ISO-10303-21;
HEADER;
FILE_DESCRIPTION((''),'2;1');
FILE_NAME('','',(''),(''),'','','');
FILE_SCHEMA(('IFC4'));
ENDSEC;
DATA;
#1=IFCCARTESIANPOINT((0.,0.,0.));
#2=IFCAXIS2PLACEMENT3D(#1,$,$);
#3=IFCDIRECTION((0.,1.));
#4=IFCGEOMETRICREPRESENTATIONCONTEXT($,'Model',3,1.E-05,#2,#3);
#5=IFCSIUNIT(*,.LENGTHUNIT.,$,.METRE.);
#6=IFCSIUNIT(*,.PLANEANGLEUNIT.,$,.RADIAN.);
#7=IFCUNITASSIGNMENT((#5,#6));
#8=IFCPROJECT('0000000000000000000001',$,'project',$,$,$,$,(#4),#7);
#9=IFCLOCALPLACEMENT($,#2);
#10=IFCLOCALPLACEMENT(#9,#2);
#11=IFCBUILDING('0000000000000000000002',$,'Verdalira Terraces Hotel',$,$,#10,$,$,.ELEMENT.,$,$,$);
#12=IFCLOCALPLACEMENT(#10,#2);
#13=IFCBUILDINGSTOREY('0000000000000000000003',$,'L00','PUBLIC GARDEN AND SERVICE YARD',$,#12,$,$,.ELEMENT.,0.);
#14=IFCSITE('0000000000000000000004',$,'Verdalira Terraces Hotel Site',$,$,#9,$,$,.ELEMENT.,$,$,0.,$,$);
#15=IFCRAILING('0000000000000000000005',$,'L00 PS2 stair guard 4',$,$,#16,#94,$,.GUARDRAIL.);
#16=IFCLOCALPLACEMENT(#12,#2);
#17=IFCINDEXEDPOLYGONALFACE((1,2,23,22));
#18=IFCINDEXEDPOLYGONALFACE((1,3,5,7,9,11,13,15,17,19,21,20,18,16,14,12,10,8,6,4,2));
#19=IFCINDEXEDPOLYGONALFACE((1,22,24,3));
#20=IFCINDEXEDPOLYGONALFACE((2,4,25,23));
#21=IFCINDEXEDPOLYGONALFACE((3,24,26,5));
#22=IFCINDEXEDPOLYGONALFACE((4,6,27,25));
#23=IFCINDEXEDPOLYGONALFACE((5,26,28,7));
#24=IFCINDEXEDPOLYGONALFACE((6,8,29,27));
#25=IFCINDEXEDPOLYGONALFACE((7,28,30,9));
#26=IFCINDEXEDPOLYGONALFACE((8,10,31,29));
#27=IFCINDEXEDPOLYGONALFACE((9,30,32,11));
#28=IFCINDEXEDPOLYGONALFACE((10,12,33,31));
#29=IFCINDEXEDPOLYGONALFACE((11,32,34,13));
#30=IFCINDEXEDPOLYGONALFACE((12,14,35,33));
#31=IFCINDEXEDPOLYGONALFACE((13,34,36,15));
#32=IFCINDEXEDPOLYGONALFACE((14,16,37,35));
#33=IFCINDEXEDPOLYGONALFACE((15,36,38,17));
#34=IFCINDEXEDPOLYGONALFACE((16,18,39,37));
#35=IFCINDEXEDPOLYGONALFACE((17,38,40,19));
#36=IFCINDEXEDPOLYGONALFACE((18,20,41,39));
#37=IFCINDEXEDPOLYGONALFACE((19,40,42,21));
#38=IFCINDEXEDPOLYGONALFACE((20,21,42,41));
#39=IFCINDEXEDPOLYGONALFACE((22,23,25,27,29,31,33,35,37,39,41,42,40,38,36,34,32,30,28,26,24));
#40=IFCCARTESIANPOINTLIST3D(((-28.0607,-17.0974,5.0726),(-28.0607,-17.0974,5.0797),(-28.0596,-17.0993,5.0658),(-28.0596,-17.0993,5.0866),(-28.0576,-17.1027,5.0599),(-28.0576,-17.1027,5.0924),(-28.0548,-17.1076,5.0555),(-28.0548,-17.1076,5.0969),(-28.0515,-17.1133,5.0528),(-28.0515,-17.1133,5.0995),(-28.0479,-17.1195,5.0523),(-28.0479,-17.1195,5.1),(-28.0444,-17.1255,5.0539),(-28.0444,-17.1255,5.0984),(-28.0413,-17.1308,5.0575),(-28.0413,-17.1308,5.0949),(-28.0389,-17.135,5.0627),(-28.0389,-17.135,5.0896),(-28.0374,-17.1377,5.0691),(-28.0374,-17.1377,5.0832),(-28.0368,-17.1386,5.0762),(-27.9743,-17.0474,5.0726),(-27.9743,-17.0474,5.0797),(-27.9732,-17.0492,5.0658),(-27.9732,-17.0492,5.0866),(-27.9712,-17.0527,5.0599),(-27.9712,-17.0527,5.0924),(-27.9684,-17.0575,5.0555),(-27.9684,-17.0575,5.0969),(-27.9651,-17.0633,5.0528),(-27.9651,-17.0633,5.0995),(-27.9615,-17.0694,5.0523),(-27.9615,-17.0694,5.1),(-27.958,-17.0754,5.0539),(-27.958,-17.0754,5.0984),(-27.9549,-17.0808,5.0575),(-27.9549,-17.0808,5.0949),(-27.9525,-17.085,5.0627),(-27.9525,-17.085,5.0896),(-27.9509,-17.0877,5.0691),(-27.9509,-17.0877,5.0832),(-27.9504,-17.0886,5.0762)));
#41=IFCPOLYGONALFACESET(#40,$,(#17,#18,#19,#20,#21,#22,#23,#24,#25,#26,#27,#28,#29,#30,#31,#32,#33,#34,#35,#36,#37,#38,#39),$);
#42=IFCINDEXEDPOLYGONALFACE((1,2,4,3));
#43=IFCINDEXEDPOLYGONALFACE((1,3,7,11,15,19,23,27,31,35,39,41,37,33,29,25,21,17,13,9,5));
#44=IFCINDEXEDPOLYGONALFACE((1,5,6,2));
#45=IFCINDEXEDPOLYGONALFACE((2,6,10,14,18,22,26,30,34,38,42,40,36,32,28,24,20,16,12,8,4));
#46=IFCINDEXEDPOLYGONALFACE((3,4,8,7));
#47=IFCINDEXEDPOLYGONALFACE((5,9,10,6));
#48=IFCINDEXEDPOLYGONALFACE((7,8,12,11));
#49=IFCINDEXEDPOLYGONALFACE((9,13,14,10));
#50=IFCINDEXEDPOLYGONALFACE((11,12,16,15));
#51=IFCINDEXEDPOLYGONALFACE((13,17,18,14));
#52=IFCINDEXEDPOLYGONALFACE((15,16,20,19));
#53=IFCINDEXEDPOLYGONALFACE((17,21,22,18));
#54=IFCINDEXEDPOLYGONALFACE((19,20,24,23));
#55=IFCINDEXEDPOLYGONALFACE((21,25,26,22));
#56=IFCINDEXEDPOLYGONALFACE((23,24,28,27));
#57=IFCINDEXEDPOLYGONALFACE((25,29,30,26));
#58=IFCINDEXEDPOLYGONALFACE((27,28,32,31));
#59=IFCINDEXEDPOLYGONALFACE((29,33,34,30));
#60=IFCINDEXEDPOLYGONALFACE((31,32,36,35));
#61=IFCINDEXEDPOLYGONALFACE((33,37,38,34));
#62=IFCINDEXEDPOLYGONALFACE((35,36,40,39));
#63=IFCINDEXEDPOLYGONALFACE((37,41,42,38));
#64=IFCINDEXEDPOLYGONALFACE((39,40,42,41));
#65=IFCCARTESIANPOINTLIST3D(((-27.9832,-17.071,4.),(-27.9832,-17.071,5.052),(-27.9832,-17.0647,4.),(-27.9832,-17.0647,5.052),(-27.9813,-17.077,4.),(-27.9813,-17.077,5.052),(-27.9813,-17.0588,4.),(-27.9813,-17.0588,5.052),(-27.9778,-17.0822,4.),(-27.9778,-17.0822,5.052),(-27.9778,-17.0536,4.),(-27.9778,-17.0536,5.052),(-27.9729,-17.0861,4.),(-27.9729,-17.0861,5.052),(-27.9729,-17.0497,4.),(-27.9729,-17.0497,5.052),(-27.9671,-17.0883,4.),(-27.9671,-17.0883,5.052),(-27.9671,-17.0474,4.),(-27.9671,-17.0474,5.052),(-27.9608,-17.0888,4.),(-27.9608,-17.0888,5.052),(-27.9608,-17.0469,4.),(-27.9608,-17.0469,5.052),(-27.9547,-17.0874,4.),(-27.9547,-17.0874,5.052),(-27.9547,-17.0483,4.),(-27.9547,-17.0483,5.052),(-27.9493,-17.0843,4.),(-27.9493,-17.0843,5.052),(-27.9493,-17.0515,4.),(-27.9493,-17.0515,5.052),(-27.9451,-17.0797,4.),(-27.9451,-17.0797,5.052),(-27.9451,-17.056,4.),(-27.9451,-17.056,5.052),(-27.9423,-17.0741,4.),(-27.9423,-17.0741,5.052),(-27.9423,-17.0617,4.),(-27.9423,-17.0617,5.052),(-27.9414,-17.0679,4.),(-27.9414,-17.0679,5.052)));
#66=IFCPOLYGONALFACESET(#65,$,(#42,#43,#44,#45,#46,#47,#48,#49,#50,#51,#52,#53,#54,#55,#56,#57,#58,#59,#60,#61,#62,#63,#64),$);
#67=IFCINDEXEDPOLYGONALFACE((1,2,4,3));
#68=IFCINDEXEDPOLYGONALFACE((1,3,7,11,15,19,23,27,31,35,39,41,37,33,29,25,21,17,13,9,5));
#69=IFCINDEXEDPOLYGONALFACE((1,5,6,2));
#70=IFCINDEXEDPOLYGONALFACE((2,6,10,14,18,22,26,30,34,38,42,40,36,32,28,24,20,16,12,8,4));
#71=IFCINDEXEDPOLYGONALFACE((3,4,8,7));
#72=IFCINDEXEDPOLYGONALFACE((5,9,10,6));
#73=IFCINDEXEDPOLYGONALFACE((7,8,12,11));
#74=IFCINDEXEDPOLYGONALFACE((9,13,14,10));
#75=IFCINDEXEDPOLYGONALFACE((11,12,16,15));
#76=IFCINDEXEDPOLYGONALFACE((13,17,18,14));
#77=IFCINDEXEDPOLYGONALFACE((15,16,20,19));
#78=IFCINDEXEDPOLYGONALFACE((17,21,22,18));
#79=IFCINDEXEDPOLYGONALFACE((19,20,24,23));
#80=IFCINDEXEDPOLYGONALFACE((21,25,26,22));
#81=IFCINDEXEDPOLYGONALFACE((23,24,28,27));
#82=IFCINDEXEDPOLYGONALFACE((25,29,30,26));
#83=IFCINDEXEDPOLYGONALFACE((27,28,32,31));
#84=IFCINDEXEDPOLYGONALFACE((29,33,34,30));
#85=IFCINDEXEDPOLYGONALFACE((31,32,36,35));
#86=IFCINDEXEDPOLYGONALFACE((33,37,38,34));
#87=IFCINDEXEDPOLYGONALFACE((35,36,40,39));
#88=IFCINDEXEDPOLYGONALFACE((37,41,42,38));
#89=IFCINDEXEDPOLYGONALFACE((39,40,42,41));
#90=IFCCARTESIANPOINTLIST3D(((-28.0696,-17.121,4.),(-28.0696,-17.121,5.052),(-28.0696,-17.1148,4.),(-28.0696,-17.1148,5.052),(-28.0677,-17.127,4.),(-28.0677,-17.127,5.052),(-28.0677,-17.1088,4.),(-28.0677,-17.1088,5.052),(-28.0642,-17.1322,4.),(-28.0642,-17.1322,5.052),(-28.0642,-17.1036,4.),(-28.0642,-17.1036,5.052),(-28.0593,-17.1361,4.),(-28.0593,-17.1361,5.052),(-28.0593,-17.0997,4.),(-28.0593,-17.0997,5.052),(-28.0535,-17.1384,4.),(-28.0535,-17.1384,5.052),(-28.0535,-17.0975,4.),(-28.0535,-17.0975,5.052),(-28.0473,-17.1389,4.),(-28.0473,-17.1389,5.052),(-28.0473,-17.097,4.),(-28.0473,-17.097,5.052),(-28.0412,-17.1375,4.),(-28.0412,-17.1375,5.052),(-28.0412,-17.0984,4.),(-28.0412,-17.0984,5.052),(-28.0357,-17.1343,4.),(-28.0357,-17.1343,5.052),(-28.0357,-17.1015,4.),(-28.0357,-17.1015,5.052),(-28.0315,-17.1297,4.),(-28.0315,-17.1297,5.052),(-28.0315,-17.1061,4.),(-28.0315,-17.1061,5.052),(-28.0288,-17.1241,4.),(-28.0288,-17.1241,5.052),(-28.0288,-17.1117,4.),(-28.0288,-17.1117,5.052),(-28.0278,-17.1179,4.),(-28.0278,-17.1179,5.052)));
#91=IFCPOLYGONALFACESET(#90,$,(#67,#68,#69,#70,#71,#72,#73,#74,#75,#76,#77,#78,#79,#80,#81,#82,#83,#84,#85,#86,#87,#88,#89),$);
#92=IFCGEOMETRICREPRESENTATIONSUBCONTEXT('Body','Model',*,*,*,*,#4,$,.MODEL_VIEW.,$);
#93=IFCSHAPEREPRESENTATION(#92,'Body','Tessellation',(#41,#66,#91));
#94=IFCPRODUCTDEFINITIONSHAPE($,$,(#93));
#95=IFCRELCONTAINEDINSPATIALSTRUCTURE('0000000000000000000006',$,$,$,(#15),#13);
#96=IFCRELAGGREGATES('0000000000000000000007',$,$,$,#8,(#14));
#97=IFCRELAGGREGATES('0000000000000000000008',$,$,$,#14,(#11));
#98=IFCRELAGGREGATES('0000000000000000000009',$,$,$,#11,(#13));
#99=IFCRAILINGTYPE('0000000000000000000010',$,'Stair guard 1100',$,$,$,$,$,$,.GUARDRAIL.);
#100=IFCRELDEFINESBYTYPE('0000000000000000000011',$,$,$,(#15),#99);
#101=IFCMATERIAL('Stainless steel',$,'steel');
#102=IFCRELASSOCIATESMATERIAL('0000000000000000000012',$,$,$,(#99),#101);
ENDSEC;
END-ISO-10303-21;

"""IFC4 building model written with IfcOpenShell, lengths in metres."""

from ifc_helpers import new_model, si_unit, direction, frame, origin, origin_2d, place, context, subcontext, project, spatial, circle, extrude, material, type_object, element, save


model = new_model("IFC4")

# Units and contexts
model_context = context("Model", 3, precision=1e-05, world=origin(), true_north=direction((0.0, 1.0)))
body_context = subcontext(model_context, "Body", "Model", "MODEL_VIEW")
ifc_project = project(units=[si_unit("LENGTHUNIT", "METRE"), si_unit("PLANEANGLEUNIT", "RADIAN")], contexts=[model_context])

# Site, building, storey
site_placement = place(None, origin())
site = spatial("IfcSite", under=ifc_project, at=site_placement, Name="Verdalira Terraces Hotel Site", CompositionType="ELEMENT", RefElevation=0.0)
building_placement = place(site_placement, origin())
building = spatial("IfcBuilding", under=site, at=building_placement, Name="Verdalira Terraces Hotel", CompositionType="ELEMENT")
storey_placement = place(building_placement, origin())
storey = spatial("IfcBuildingStorey", under=building, at=storey_placement, Name="L00", Description="PUBLIC GARDEN AND SERVICE YARD", CompositionType="ELEMENT", Elevation=0.0)

# Railing
ifc_material_1 = material(Name="Stainless steel", Category="steel")
railing_type = type_object("IfcRailingType", Name="Stair guard 1100", PredefinedType="GUARDRAIL", material=ifc_material_1)
railing_1_placement = place(storey_placement, frame((-27.9624, -17.0679, 4.0)))
element("IfcRailing", 1, at=railing_1_placement, inside=storey, type_object=railing_type, Name="L00 PS2 stair guard 4", PredefinedType="GUARDRAIL", context=body_context, shape_type="SweptSolid", body=[
    extrude(circle(Radius=0.0239, at=origin_2d()), frame((0.0, 0.0, 1.0762), z_axis=(-0.86537, -0.501133, 0.0), x_axis=(0.501133, -0.86537, 0.0)), (0.0, 0.0, 1.0), 0.0999),
    extrude(circle(Radius=0.021, at=origin_2d()), origin(), (0.0, 0.0, 1.0), 1.052),
    extrude(circle(Radius=0.021, at=origin_2d()), frame((-0.0864, -0.05, 0.0)), (0.0, 0.0, 1.0), 1.052),
])

save(model, "model.ifc")
